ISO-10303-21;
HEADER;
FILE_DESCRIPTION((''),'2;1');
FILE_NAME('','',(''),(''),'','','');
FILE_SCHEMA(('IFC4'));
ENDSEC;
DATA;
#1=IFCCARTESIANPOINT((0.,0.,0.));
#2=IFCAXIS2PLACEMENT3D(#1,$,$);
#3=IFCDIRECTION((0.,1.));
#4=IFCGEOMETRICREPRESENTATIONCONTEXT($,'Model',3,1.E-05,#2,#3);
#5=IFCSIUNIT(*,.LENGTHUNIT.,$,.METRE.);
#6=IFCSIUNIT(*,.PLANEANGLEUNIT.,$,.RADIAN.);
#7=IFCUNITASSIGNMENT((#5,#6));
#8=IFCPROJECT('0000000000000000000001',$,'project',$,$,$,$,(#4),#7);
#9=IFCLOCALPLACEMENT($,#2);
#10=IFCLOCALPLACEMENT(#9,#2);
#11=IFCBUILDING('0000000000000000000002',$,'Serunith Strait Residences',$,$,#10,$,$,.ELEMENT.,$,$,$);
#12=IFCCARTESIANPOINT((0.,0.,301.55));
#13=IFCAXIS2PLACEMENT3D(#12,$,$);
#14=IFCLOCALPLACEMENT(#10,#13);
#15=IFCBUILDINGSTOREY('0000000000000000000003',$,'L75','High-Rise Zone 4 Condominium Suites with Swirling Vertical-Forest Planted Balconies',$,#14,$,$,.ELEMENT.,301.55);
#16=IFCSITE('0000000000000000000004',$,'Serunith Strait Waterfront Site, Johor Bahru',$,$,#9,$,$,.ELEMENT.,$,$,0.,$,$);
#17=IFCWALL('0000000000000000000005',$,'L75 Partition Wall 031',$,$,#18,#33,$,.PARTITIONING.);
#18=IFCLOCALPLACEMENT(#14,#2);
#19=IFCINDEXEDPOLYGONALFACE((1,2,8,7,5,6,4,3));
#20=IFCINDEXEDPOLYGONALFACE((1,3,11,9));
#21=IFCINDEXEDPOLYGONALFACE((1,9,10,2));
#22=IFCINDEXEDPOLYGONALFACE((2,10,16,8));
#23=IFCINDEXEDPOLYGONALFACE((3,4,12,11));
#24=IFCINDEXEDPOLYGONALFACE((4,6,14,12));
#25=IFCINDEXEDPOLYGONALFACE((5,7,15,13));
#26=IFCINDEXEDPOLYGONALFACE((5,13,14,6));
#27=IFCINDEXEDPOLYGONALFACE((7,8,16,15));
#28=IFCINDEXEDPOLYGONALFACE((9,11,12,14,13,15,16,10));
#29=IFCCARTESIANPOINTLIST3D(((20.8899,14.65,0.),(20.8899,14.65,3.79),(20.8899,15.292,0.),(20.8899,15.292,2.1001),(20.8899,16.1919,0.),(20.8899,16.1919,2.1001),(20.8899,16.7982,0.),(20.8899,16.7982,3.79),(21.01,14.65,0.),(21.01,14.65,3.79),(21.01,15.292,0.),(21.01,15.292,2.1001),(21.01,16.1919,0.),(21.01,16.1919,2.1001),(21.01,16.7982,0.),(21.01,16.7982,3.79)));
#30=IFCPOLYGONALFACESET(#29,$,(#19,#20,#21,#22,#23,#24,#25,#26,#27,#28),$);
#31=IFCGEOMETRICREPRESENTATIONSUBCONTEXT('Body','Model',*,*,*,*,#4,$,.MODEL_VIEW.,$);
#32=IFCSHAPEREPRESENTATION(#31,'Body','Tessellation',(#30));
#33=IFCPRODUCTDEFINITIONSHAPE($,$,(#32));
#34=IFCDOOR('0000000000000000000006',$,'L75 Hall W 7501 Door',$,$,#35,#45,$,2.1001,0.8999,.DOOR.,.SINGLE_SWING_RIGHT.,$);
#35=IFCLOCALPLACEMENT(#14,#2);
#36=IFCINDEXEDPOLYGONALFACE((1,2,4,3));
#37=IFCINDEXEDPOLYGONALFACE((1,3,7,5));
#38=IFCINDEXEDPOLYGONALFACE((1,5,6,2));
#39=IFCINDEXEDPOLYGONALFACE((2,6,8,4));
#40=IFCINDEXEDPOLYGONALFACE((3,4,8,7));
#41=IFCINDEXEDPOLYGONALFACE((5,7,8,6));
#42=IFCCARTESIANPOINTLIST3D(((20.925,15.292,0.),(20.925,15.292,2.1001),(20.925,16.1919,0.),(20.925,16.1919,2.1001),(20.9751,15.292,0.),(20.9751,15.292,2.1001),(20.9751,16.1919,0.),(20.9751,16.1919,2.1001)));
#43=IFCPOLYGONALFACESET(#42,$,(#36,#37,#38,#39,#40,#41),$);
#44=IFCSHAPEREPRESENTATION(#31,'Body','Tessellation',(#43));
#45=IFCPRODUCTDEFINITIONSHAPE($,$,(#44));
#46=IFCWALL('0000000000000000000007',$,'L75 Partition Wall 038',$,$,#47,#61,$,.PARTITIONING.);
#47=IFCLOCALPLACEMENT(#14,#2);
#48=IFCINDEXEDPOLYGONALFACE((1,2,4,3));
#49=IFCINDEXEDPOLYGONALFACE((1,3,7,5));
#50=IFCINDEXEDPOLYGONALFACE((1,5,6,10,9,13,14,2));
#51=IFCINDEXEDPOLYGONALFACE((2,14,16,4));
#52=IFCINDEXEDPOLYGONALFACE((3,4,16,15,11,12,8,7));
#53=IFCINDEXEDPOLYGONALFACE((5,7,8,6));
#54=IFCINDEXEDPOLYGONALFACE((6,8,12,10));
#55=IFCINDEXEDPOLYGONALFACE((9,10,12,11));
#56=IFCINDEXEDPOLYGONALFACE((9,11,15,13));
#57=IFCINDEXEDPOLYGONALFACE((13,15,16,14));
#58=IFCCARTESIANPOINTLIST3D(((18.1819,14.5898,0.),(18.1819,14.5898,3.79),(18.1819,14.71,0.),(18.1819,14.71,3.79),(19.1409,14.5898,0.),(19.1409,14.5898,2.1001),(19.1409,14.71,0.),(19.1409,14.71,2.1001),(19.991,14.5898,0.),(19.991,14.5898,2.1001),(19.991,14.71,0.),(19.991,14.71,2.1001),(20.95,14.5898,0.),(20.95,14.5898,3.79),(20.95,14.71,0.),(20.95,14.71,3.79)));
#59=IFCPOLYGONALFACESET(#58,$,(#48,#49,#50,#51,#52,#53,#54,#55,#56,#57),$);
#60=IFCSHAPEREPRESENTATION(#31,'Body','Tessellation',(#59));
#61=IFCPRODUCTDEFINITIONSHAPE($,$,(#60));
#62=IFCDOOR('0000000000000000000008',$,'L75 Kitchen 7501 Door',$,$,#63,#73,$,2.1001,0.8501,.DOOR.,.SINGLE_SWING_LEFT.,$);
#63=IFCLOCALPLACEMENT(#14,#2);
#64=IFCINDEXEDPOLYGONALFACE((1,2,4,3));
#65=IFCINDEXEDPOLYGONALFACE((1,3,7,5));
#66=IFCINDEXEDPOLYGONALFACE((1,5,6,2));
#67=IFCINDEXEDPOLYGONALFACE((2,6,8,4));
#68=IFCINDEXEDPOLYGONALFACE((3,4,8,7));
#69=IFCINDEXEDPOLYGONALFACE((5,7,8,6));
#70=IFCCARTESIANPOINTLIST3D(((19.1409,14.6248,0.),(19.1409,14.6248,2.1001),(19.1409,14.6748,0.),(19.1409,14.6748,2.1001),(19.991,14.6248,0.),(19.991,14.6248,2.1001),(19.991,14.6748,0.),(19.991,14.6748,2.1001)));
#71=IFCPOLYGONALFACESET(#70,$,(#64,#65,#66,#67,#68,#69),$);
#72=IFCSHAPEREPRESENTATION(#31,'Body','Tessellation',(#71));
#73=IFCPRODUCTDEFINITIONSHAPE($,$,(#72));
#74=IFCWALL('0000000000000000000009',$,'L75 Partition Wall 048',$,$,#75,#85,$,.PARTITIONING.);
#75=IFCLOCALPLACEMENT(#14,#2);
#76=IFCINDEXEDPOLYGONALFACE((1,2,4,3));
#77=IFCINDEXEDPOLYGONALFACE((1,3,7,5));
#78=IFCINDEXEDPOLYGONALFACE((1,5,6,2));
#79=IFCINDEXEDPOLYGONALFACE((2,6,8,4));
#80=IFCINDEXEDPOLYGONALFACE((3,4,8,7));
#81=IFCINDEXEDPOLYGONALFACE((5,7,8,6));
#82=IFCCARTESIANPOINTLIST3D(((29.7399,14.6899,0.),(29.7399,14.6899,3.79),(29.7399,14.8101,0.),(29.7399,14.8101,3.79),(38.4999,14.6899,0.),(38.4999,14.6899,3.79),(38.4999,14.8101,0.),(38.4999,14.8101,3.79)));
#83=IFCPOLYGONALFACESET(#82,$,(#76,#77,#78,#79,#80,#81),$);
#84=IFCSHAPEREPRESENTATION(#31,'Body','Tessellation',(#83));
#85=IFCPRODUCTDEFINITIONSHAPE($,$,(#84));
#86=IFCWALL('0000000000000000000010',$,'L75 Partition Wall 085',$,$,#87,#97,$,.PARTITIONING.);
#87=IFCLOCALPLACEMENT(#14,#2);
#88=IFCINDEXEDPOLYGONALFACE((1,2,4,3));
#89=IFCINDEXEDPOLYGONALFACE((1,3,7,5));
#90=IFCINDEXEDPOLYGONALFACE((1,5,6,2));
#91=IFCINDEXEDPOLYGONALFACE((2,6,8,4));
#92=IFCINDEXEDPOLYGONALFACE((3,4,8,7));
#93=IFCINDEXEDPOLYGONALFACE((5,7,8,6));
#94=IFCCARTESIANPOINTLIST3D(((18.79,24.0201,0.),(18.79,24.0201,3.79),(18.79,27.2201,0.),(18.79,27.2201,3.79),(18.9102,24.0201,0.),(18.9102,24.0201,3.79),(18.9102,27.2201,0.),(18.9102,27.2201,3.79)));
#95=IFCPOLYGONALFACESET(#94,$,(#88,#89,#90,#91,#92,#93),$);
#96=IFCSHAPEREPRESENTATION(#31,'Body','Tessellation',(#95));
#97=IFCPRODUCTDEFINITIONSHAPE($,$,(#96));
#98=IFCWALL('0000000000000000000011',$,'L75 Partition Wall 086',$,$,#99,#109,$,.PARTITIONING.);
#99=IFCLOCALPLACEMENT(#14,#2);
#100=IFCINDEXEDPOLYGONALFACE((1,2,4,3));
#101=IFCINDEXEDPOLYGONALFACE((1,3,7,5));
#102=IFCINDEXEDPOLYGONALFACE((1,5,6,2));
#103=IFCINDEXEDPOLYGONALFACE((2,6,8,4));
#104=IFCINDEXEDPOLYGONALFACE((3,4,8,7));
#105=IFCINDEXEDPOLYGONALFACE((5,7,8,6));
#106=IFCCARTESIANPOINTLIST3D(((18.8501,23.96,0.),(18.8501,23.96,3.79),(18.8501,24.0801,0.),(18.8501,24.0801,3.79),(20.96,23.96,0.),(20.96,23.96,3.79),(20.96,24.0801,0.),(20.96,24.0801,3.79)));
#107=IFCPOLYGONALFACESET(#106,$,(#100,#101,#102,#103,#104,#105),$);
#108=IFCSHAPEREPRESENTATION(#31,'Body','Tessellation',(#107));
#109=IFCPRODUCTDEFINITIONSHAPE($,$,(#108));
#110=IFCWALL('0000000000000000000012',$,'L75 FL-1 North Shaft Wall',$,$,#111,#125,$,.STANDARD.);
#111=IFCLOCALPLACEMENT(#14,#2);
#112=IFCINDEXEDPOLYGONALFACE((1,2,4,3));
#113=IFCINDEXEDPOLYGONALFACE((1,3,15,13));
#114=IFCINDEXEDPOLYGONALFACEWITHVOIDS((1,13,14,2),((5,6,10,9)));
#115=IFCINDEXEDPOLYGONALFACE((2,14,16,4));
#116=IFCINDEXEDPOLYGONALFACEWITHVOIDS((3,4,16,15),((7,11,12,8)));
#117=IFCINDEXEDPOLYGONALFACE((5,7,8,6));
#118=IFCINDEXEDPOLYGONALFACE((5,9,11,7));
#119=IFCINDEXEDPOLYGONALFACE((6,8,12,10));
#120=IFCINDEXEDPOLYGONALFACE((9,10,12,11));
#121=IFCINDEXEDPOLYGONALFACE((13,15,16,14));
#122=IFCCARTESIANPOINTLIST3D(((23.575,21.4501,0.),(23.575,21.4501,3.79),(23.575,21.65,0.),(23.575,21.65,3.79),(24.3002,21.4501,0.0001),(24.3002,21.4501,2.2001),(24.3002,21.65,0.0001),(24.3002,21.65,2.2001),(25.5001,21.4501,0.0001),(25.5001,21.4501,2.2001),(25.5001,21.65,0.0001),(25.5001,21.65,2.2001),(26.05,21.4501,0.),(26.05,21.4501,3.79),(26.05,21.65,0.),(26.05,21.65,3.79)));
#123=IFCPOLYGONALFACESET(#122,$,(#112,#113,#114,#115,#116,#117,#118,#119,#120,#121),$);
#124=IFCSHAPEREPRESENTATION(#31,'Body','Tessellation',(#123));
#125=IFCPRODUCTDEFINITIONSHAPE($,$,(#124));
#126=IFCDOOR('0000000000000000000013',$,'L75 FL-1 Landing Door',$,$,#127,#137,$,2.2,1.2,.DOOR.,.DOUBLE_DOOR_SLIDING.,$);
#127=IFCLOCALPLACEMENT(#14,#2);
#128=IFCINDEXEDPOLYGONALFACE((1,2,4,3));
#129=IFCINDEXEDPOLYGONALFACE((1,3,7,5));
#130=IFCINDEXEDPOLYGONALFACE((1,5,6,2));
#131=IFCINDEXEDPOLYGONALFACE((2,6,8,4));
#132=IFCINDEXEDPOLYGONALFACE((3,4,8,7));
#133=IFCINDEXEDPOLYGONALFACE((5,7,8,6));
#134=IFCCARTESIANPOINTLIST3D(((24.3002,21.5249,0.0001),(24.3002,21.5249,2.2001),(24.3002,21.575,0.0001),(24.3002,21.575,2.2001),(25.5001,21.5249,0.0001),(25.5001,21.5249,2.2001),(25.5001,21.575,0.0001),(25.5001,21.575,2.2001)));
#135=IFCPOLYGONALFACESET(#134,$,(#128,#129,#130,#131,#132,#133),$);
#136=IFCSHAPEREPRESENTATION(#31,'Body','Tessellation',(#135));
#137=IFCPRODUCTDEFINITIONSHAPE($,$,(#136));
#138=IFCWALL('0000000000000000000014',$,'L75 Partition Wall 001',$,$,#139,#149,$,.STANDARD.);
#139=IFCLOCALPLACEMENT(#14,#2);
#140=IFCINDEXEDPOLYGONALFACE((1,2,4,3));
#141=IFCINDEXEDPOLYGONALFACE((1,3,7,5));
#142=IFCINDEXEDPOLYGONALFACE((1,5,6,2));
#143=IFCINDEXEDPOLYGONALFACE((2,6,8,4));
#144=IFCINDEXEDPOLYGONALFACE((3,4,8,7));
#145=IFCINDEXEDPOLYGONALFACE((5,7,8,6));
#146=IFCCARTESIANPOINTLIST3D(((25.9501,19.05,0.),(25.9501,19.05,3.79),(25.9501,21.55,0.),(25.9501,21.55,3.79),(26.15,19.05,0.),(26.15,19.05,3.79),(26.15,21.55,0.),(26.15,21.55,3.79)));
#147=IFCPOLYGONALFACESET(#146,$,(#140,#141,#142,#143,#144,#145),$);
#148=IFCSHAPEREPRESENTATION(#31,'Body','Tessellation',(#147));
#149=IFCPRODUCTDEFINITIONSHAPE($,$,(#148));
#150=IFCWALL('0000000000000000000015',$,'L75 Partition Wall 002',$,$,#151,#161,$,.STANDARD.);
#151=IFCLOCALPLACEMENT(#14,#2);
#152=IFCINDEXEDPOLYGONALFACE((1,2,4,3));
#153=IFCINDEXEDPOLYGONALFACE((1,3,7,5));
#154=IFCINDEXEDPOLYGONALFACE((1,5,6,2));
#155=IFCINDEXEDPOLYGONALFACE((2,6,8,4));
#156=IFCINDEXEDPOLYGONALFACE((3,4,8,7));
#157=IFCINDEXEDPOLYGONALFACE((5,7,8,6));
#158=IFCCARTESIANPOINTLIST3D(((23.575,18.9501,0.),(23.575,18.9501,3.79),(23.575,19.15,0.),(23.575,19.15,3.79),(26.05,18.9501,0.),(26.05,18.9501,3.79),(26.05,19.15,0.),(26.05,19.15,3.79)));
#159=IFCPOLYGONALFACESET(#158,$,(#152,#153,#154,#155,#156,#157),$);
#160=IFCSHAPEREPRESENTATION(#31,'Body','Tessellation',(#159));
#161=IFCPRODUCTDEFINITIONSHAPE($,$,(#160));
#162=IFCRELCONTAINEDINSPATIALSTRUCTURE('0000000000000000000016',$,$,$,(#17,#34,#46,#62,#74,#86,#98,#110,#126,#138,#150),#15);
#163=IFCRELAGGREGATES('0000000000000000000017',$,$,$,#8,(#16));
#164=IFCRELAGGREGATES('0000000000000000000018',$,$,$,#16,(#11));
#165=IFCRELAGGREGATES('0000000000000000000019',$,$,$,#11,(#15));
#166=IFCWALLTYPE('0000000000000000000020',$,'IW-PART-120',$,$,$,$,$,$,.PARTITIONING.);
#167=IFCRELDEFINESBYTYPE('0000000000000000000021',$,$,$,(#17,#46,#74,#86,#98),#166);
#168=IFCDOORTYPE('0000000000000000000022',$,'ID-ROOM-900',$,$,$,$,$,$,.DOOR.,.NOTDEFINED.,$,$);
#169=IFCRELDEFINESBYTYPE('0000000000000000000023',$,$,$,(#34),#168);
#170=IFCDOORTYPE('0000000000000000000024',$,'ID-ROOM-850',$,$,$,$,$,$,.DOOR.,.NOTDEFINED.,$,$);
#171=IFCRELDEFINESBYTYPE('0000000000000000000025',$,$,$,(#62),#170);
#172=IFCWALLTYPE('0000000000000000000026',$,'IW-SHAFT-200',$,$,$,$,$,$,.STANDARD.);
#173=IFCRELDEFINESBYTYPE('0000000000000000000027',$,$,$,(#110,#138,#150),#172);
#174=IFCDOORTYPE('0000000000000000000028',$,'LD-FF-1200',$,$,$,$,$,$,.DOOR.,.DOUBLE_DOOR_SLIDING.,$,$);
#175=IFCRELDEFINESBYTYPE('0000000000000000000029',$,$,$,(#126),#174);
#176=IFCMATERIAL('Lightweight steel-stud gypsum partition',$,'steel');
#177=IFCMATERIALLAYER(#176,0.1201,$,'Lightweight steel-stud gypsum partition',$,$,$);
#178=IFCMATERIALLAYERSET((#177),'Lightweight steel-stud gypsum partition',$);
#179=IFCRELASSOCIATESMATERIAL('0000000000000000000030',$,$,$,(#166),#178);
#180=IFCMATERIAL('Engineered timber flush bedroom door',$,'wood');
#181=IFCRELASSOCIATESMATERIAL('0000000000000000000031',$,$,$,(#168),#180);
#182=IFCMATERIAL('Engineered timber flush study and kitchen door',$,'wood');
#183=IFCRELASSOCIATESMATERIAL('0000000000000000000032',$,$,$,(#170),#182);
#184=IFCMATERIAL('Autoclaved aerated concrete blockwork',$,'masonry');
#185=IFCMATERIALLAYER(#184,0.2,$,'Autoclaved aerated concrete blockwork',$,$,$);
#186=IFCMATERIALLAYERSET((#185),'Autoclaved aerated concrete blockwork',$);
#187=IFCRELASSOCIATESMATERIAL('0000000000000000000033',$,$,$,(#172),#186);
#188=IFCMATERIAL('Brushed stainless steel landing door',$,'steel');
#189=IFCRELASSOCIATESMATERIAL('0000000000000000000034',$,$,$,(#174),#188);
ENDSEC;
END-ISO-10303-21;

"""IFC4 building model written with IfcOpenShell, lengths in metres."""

from ifc_helpers import new_model, si_unit, direction, frame, frame_2d, origin, place, context, subcontext, project, spatial, rectangle, extrude, source, transform, mapped, material, layer, layer_set, type_object, element, fill, save


model = new_model("IFC4")

# Units and contexts
model_context = context("Model", 3, precision=1e-05, world=origin(), true_north=direction((0.0, 1.0)))
body_context = subcontext(model_context, "Body", "Model", "MODEL_VIEW")
ifc_project = project(units=[si_unit("LENGTHUNIT", "METRE"), si_unit("PLANEANGLEUNIT", "RADIAN")], contexts=[model_context])

# Site, building, storey
site_placement = place(None, origin())
site = spatial("IfcSite", under=ifc_project, at=site_placement, Name="Serunith Strait Waterfront Site, Johor Bahru", CompositionType="ELEMENT", RefElevation=0.0)
building_placement = place(site_placement, origin())
building = spatial("IfcBuilding", under=site, at=building_placement, Name="Serunith Strait Residences", CompositionType="ELEMENT")
storey_placement = place(building_placement, frame((0.0, 0.0, 301.55)))
storey = spatial("IfcBuildingStorey", under=building, at=storey_placement, Name="L75", Description="High-Rise Zone 4 Condominium Suites with Swirling Vertical-Forest Planted Balconies", CompositionType="ELEMENT", Elevation=301.55)

# Walls, openings, doors
ifc_material_1 = material(Name="Lightweight steel-stud gypsum partition", Category="steel")
ifc_layer_1 = layer(ifc_material_1, 0.1201, Name="Lightweight steel-stud gypsum partition")
ifc_layer_set_1 = layer_set([ifc_layer_1], Name="Lightweight steel-stud gypsum partition")
wall_type_1 = type_object("IfcWallType", Name="IW-PART-120", PredefinedType="PARTITIONING", material=ifc_layer_set_1)
wall_1_placement = place(storey_placement, frame((20.95, 14.6499, 0.0), z_axis=(0.0, 0.0, 1.0), x_axis=(0.0, 1.0, 0.0)))
wall_1 = element("IfcWall", 1, at=wall_1_placement, inside=storey, type_object=wall_type_1, Name="L75 Partition Wall 031", PredefinedType="PARTITIONING", context=body_context, shape_type="SweptSolid", body=[
    extrude(rectangle(XDim=2.1482, YDim=0.1201, at=frame_2d((1.0742, 0.0))), origin(), (0.0, 0.0, 1.0), 3.79),
])
opening_1_placement = place(wall_1_placement, frame((0.6421, 0.0, 0.0)))
opening_1 = element("IfcOpeningElement", 2, at=opening_1_placement, cuts=wall_1, PredefinedType="OPENING", context=body_context, shape_type="SweptSolid", body=[
    extrude(rectangle(XDim=0.8999, YDim=2.1001, at=frame_2d((0.45, 1.05))), frame((0.0, 0.0701, 0.0), z_axis=(0.0, -1.0, 0.0), x_axis=(1.0, 0.0, 0.0)), (0.0, 0.0, 1.0), 0.1401),
])
ifc_material_2 = material(Name="Engineered timber flush bedroom door", Category="wood")
door_type_1 = type_object("IfcDoorType", Name="ID-ROOM-900", OperationType="NOTDEFINED", PredefinedType="DOOR", material=ifc_material_2)
shared_shape_1 = source(origin(), body_context, "Body", "SweptSolid", [
    extrude(rectangle(XDim=0.8999, YDim=2.1001, at=frame_2d((0.45, 1.05))), frame((0.0, 0.0249, 0.0), z_axis=(0.0, -1.0, 0.0), x_axis=(1.0, 0.0, 0.0)), (0.0, 0.0, 1.0), 0.05),
])
door_1_placement = place(opening_1_placement, origin())
door_1 = element("IfcDoor", 3, at=door_1_placement, inside=storey, type_object=door_type_1, Name="L75 Hall W 7501 Door", OperationType="SINGLE_SWING_RIGHT", OverallHeight=2.1001, OverallWidth=0.8999, PredefinedType="DOOR", context=body_context, shape_type="MappedRepresentation", body=[
    mapped(shared_shape_1, transform((0.0, 0.0, 0.0), scale=1.0)),
])
fill(opening_1, door_1)
wall_2_placement = place(storey_placement, frame((18.1819, 14.6499, 0.0), z_axis=(0.0, 0.0, 1.0), x_axis=(1.0, 0.0, 0.0)))
wall_2 = element("IfcWall", 4, at=wall_2_placement, inside=storey, type_object=wall_type_1, Name="L75 Partition Wall 038", PredefinedType="PARTITIONING", context=body_context, shape_type="SweptSolid", body=[
    extrude(rectangle(XDim=2.7681, YDim=0.1201, at=frame_2d((1.384, 0.0))), origin(), (0.0, 0.0, 1.0), 3.79),
])
opening_2_placement = place(wall_2_placement, frame((0.959, 0.0, 0.0)))
opening_2 = element("IfcOpeningElement", 5, at=opening_2_placement, cuts=wall_2, PredefinedType="OPENING", context=body_context, shape_type="SweptSolid", body=[
    extrude(rectangle(XDim=0.8501, YDim=2.1001, at=frame_2d((0.425, 1.05))), frame((0.0, 0.0701, 0.0), z_axis=(0.0, -1.0, 0.0), x_axis=(1.0, 0.0, 0.0)), (0.0, 0.0, 1.0), 0.1401),
])
ifc_material_3 = material(Name="Engineered timber flush study and kitchen door", Category="wood")
door_type_2 = type_object("IfcDoorType", Name="ID-ROOM-850", OperationType="NOTDEFINED", PredefinedType="DOOR", material=ifc_material_3)
shared_shape_2 = source(origin(), body_context, "Body", "SweptSolid", [
    extrude(rectangle(XDim=0.8501, YDim=2.1001, at=frame_2d((0.425, 1.05))), frame((0.0, 0.0249, 0.0), z_axis=(0.0, -1.0, 0.0), x_axis=(1.0, 0.0, 0.0)), (0.0, 0.0, 1.0), 0.05),
])
door_2_placement = place(opening_2_placement, origin())
door_2 = element("IfcDoor", 6, at=door_2_placement, inside=storey, type_object=door_type_2, Name="L75 Kitchen 7501 Door", OperationType="SINGLE_SWING_LEFT", OverallHeight=2.1001, OverallWidth=0.8501, PredefinedType="DOOR", context=body_context, shape_type="MappedRepresentation", body=[
    mapped(shared_shape_2, transform((0.0, 0.0, 0.0), scale=1.0)),
])
fill(opening_2, door_2)

# Walls
wall_3_placement = place(storey_placement, frame((29.74, 14.75, 0.0), z_axis=(0.0, 0.0, 1.0), x_axis=(1.0, 0.0, 0.0)))
element("IfcWall", 7, at=wall_3_placement, inside=storey, type_object=wall_type_1, Name="L75 Partition Wall 048", PredefinedType="PARTITIONING", context=body_context, shape_type="SweptSolid", body=[
    extrude(rectangle(XDim=8.76, YDim=0.1201, at=frame_2d((4.3799, 0.0))), origin(), (0.0, 0.0, 1.0), 3.79),
])
wall_4_placement = place(storey_placement, frame((18.8501, 24.02, 0.0), z_axis=(0.0, 0.0, 1.0), x_axis=(0.0, 1.0, 0.0)))
element("IfcWall", 8, at=wall_4_placement, inside=storey, type_object=wall_type_1, Name="L75 Partition Wall 085", PredefinedType="PARTITIONING", context=body_context, shape_type="SweptSolid", body=[
    extrude(rectangle(XDim=3.2, YDim=0.1201, at=frame_2d((1.6001, 0.0))), origin(), (0.0, 0.0, 1.0), 3.79),
])
wall_5_placement = place(storey_placement, frame((18.8501, 24.02, 0.0), z_axis=(0.0, 0.0, 1.0), x_axis=(1.0, 0.0, 0.0)))
element("IfcWall", 9, at=wall_5_placement, inside=storey, type_object=wall_type_1, Name="L75 Partition Wall 086", PredefinedType="PARTITIONING", context=body_context, shape_type="SweptSolid", body=[
    extrude(rectangle(XDim=2.1099, YDim=0.1201, at=frame_2d((1.0549, 0.0))), origin(), (0.0, 0.0, 1.0), 3.79),
])

# Wall, opening, door
ifc_material_4 = material(Name="Autoclaved aerated concrete blockwork", Category="masonry")
ifc_layer_2 = layer(ifc_material_4, 0.2, Name="Autoclaved aerated concrete blockwork")
ifc_layer_set_2 = layer_set([ifc_layer_2], Name="Autoclaved aerated concrete blockwork")
wall_type_2 = type_object("IfcWallType", Name="IW-SHAFT-200", PredefinedType="STANDARD", material=ifc_layer_set_2)
wall_6_placement = place(storey_placement, frame((23.575, 21.55, 0.0), z_axis=(0.0, 0.0, 1.0), x_axis=(1.0, 0.0, 0.0)))
wall_6 = element("IfcWall", 10, at=wall_6_placement, inside=storey, type_object=wall_type_2, Name="L75 FL-1 North Shaft Wall", PredefinedType="STANDARD", context=body_context, shape_type="SweptSolid", body=[
    extrude(rectangle(XDim=2.4751, YDim=0.2, at=frame_2d((1.2375, 0.0))), origin(), (0.0, 0.0, 1.0), 3.79),
])
opening_3_placement = place(wall_6_placement, frame((0.7251, 0.0, 0.0)))
opening_3 = element("IfcOpeningElement", 11, at=opening_3_placement, cuts=wall_6, PredefinedType="OPENING", context=body_context, shape_type="SweptSolid", body=[
    extrude(rectangle(XDim=1.2, YDim=2.2, at=frame_2d((0.6001, 1.1001))), frame((0.0, 0.1099, 0.0), z_axis=(0.0, -1.0, 0.0), x_axis=(1.0, 0.0, 0.0)), (0.0, 0.0, 1.0), 0.22),
])
ifc_material_5 = material(Name="Brushed stainless steel landing door", Category="steel")
door_type_3 = type_object("IfcDoorType", Name="LD-FF-1200", OperationType="DOUBLE_DOOR_SLIDING", PredefinedType="DOOR", material=ifc_material_5)
shared_shape_3 = source(origin(), body_context, "Body", "SweptSolid", [
    extrude(rectangle(XDim=1.2, YDim=2.2, at=frame_2d((0.6001, 1.1001))), frame((0.0, 0.0249, 0.0), z_axis=(0.0, -1.0, 0.0), x_axis=(1.0, 0.0, 0.0)), (0.0, 0.0, 1.0), 0.05),
])
door_3_placement = place(opening_3_placement, origin())
door_3 = element("IfcDoor", 12, at=door_3_placement, inside=storey, type_object=door_type_3, Name="L75 FL-1 Landing Door", OperationType="DOUBLE_DOOR_SLIDING", OverallHeight=2.2, OverallWidth=1.2, PredefinedType="DOOR", context=body_context, shape_type="MappedRepresentation", body=[
    mapped(shared_shape_3, transform((0.0, 0.0, 0.0), scale=1.0)),
])
fill(opening_3, door_3)

# Walls
wall_7_placement = place(storey_placement, frame((26.05, 19.05, 0.0), z_axis=(0.0, 0.0, 1.0), x_axis=(0.0, 1.0, 0.0)))
element("IfcWall", 13, at=wall_7_placement, inside=storey, type_object=wall_type_2, Name="L75 Partition Wall 001", PredefinedType="STANDARD", context=body_context, shape_type="SweptSolid", body=[
    extrude(rectangle(XDim=2.5, YDim=0.2, at=frame_2d((1.25, 0.0))), origin(), (0.0, 0.0, 1.0), 3.79),
])
wall_8_placement = place(storey_placement, frame((23.575, 19.05, 0.0), z_axis=(0.0, 0.0, 1.0), x_axis=(1.0, 0.0, 0.0)))
element("IfcWall", 14, at=wall_8_placement, inside=storey, type_object=wall_type_2, Name="L75 Partition Wall 002", PredefinedType="STANDARD", context=body_context, shape_type="SweptSolid", body=[
    extrude(rectangle(XDim=2.4751, YDim=0.2, at=frame_2d((1.2375, 0.0))), origin(), (0.0, 0.0, 1.0), 3.79),
])

save(model, "model.ifc")
